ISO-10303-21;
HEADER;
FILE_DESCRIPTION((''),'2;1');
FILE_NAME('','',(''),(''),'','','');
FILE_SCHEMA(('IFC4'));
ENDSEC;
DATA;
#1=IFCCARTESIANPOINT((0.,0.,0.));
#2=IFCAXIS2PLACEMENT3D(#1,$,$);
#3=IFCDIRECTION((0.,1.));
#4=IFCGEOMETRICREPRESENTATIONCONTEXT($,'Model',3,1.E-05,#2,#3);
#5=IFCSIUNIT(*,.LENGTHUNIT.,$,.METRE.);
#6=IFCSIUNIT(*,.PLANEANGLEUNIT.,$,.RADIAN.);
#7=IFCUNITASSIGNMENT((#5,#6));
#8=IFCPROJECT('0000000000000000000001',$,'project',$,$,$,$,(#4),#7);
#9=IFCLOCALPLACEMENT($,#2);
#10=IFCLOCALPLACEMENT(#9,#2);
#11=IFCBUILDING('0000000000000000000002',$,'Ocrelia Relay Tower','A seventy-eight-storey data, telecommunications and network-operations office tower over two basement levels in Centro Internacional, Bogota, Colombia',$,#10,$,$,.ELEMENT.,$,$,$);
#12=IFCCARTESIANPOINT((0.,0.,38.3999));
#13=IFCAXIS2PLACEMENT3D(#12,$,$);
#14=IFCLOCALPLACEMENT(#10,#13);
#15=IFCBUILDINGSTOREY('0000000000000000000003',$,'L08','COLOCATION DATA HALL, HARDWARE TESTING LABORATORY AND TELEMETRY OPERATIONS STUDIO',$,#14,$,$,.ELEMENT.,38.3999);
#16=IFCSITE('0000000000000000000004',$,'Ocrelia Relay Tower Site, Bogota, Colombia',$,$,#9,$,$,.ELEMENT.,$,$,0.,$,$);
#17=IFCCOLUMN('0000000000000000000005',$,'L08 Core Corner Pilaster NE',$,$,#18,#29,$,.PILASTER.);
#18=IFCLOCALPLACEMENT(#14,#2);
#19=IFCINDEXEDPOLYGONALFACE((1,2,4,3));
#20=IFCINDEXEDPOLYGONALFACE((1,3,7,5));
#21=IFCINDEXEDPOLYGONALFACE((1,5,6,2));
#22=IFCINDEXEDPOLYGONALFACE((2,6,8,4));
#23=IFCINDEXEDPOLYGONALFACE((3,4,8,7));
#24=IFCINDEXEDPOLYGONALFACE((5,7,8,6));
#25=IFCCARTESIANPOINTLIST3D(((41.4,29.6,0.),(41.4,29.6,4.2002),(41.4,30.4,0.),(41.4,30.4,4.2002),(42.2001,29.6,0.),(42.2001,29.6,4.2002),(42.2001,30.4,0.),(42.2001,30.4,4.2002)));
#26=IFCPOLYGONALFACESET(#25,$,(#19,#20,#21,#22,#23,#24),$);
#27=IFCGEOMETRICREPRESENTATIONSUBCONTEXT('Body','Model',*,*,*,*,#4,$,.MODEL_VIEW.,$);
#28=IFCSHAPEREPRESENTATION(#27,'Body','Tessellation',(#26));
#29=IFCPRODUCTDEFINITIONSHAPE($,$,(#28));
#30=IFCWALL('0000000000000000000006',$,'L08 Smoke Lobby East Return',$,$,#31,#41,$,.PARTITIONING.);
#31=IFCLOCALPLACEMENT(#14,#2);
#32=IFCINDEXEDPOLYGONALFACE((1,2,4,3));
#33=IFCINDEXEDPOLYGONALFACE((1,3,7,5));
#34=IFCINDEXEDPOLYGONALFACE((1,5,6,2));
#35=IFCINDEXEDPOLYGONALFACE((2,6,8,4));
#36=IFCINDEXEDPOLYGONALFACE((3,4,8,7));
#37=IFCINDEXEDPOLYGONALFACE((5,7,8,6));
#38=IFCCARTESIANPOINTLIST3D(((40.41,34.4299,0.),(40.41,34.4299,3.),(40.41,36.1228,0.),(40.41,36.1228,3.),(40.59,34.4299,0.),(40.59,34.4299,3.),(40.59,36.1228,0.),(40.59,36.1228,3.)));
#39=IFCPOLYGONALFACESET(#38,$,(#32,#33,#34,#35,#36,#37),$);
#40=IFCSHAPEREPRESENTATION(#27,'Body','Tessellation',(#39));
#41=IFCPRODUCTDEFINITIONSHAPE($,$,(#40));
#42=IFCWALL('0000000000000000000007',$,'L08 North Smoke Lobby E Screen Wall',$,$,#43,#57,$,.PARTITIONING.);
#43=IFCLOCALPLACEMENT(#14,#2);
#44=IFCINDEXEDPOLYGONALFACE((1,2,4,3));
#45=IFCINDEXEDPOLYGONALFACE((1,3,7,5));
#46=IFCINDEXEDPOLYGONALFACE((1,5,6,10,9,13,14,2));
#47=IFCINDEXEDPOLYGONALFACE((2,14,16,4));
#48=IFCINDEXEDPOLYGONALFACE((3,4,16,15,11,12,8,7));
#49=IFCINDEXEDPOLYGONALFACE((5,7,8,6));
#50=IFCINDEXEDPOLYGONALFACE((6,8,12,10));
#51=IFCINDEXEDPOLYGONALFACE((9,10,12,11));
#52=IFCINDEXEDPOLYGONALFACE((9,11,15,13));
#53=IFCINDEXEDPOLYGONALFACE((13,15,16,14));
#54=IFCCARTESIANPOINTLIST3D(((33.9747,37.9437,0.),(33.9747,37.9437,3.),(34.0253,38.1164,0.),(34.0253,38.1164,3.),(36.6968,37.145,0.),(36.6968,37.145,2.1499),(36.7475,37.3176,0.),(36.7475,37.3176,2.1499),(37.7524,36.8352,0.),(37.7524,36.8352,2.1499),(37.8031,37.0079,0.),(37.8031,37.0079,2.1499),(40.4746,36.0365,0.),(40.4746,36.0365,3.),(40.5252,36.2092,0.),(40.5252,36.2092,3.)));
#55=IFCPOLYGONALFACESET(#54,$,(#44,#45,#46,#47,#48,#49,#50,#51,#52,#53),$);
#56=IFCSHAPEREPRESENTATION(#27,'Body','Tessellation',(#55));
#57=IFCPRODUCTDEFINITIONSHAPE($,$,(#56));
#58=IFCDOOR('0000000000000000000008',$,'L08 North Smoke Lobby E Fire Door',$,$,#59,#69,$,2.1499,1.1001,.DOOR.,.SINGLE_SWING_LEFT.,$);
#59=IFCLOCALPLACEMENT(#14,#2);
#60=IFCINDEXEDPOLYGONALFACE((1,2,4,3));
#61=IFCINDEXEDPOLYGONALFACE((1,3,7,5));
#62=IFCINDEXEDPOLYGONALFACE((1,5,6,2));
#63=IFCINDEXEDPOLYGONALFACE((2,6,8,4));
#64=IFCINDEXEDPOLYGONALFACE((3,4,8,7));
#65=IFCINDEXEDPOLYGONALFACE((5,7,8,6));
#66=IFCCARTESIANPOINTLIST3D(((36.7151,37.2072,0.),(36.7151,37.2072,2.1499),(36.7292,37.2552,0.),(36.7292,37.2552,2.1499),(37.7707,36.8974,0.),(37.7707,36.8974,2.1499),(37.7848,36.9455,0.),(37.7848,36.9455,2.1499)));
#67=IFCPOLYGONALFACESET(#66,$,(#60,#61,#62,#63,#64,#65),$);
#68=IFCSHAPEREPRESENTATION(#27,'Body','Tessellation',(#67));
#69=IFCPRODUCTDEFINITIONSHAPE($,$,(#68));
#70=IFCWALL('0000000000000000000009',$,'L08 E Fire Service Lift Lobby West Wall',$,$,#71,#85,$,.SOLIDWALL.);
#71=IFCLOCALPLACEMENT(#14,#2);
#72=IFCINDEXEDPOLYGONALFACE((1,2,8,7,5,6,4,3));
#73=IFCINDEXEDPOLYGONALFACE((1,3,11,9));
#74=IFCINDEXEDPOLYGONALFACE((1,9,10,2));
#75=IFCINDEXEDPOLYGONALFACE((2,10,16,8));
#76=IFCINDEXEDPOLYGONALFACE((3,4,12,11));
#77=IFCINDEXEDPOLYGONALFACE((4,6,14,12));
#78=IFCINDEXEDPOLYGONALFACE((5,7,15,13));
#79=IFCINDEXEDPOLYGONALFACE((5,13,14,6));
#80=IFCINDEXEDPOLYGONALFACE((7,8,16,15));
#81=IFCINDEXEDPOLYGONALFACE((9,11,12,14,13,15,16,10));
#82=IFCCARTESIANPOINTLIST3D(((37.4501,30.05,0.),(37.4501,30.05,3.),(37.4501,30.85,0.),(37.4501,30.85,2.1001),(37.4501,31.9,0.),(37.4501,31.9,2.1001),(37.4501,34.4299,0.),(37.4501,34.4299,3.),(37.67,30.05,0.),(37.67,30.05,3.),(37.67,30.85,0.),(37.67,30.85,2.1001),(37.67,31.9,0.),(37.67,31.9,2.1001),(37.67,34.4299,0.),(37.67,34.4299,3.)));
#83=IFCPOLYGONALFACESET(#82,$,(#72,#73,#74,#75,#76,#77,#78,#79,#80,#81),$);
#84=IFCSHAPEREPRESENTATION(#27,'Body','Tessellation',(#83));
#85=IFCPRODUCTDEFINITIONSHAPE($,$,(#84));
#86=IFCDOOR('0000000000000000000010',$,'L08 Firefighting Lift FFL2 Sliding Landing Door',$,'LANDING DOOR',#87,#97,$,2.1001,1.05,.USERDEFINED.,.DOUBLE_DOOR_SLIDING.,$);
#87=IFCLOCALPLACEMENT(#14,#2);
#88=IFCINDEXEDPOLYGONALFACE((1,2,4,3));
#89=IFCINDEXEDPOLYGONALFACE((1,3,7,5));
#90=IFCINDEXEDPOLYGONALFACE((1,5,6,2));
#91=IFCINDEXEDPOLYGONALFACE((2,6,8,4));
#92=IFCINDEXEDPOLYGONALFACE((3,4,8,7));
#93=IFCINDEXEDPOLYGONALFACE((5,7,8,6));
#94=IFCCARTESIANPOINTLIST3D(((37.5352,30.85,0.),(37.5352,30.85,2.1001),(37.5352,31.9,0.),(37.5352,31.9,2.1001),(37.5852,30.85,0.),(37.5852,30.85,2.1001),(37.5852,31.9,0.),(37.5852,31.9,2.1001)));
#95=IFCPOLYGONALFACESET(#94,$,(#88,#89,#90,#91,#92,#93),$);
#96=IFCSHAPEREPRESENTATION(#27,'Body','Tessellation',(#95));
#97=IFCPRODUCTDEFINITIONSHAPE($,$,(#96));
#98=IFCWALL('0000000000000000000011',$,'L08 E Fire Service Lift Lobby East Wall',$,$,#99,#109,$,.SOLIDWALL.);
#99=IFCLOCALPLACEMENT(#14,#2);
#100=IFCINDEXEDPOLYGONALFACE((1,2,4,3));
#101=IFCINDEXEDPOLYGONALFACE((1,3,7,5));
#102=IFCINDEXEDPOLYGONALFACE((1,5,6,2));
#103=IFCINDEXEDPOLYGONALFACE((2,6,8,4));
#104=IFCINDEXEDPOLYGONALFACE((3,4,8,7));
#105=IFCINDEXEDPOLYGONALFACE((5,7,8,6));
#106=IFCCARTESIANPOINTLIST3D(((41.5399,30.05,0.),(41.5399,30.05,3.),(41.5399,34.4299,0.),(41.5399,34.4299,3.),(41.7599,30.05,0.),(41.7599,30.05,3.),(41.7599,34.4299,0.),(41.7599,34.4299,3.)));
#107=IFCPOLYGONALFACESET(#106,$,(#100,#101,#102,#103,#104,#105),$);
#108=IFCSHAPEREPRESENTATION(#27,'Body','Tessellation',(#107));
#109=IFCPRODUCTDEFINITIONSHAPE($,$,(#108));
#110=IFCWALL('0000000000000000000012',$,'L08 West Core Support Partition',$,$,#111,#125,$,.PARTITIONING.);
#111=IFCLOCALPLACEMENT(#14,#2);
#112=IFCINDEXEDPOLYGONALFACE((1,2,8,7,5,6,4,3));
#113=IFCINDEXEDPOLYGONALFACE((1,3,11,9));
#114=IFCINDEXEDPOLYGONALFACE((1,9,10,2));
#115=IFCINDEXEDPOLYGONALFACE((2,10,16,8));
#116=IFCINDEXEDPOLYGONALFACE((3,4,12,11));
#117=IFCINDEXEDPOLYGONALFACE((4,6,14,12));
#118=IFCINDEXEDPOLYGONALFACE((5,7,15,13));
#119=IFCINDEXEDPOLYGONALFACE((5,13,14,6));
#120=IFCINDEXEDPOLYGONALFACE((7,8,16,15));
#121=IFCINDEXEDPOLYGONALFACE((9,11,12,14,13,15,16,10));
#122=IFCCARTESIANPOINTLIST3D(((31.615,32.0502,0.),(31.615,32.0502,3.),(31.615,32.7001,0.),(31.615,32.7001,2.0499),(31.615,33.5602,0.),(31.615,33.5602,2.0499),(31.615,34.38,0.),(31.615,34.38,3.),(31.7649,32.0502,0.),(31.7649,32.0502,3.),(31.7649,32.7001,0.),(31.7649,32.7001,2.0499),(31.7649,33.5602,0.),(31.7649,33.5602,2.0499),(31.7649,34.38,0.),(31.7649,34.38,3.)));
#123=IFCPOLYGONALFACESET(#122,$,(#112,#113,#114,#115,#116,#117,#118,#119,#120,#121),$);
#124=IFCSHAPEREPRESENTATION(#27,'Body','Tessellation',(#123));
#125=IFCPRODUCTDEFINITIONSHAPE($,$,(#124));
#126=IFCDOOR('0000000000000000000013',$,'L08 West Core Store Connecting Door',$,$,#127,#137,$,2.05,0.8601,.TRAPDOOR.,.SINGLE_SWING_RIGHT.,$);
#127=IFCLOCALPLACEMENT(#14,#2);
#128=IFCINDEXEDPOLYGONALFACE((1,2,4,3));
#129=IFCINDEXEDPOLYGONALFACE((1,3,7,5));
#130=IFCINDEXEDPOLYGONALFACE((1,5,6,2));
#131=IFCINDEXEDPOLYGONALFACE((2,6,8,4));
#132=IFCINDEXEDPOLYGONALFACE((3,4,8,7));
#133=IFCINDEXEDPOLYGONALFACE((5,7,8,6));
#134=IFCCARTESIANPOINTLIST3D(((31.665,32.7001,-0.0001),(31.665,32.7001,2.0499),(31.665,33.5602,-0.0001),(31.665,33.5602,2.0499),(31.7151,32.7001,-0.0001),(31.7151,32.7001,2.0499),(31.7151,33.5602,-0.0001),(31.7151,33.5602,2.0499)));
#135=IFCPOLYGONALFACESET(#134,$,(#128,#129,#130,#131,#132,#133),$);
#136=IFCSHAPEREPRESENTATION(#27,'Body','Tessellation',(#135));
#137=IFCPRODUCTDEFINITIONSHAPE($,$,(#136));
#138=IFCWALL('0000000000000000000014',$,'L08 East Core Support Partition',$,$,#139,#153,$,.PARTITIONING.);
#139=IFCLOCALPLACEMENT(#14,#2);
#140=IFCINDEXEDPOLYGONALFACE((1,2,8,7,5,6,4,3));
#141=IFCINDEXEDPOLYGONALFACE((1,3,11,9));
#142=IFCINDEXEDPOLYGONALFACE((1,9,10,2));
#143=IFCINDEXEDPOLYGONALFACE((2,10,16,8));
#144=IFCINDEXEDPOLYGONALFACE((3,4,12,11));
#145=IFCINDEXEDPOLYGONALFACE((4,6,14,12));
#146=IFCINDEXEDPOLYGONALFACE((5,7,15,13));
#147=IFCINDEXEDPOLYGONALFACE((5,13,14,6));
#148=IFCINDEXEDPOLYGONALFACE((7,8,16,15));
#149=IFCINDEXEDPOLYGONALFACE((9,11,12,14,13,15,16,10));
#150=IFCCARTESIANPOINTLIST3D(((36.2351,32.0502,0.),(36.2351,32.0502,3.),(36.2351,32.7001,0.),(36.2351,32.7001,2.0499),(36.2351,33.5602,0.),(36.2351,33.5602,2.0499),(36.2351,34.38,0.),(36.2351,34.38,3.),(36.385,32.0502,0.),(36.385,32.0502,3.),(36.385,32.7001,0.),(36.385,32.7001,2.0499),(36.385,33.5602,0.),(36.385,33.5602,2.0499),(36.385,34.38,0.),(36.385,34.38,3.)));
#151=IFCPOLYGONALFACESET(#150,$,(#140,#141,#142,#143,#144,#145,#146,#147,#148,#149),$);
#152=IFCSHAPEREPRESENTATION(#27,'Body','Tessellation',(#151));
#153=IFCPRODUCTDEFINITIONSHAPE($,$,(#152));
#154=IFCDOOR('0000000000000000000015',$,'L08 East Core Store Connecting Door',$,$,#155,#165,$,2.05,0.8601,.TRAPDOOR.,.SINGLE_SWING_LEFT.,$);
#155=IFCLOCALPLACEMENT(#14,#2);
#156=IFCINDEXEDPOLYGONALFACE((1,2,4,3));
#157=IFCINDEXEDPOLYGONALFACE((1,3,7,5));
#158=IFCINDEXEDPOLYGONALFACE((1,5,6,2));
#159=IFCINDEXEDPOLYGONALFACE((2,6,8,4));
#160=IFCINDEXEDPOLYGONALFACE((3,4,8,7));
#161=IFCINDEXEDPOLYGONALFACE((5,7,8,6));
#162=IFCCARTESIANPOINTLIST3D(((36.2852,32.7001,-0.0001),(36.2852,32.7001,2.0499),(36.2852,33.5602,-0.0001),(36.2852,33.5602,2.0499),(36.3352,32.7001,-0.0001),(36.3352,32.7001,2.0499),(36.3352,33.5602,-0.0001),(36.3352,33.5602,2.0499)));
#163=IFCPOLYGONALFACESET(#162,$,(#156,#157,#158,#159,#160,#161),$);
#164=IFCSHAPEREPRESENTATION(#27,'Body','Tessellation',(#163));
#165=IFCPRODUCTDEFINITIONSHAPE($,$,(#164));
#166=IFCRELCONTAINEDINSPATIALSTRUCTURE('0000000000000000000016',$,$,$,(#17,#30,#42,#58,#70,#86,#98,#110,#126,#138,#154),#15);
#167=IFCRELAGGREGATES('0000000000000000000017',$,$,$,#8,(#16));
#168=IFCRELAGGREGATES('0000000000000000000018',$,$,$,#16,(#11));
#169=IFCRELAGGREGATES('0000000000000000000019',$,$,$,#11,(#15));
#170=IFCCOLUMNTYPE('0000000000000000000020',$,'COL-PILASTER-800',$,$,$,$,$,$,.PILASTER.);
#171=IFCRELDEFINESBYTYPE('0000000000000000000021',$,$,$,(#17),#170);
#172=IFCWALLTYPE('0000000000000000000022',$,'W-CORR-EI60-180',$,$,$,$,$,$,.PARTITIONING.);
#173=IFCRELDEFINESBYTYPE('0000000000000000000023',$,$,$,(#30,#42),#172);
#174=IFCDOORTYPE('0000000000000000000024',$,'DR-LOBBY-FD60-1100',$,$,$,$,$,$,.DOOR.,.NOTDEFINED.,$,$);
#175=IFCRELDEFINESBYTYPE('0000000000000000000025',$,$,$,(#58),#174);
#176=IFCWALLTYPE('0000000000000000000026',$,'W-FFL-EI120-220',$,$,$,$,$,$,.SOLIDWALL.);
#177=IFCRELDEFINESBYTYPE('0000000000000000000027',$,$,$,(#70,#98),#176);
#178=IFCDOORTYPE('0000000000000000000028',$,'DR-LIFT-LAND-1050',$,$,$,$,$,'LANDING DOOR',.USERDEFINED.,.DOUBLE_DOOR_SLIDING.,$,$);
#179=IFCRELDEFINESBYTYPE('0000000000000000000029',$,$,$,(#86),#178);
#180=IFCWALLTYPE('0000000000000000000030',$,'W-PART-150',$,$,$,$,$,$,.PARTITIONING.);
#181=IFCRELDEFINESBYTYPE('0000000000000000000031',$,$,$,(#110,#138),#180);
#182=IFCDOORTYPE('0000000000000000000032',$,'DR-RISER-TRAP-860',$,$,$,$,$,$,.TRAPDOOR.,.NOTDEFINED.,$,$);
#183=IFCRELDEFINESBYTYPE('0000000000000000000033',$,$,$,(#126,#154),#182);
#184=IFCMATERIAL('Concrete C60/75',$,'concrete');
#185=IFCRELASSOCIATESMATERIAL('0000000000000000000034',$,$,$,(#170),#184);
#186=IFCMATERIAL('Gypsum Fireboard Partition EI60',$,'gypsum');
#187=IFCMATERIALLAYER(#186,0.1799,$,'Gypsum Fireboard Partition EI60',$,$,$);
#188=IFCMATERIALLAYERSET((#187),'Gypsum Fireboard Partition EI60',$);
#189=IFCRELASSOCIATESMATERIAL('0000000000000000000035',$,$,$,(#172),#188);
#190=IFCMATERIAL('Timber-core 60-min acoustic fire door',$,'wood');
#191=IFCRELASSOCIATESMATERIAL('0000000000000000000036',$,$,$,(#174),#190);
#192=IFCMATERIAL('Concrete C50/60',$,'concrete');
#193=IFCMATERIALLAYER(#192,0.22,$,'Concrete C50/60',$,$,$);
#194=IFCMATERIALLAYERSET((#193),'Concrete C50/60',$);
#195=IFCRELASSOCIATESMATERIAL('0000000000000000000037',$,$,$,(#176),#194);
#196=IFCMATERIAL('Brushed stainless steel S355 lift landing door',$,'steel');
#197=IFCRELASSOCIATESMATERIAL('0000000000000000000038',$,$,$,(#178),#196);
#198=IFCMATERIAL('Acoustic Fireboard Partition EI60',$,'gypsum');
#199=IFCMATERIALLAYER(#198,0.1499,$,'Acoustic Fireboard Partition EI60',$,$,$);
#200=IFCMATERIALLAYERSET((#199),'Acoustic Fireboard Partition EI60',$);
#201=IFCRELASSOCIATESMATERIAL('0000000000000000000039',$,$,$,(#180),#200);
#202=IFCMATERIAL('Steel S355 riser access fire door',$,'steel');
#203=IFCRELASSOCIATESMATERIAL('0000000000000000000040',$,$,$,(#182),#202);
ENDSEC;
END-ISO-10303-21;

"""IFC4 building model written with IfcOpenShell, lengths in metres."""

from ifc_helpers import new_model, si_unit, direction, frame, frame_2d, origin, origin_2d, place, context, subcontext, project, spatial, rectangle, extrude, material, layer, layer_set, material_profile, profile_set, type_object, element, fill, save


model = new_model("IFC4")

# Units and contexts
model_context = context("Model", 3, precision=1e-05, world=origin(), true_north=direction((0.0, 1.0)))
body_context = subcontext(model_context, "Body", "Model", "MODEL_VIEW")
ifc_project = project(units=[si_unit("LENGTHUNIT", "METRE"), si_unit("PLANEANGLEUNIT", "RADIAN")], contexts=[model_context])

# Site, building, storey
site_placement = place(None, origin())
site = spatial("IfcSite", under=ifc_project, at=site_placement, Name="Ocrelia Relay Tower Site, Bogota, Colombia", CompositionType="ELEMENT", RefElevation=0.0)
building_placement = place(site_placement, origin())
building = spatial("IfcBuilding", under=site, at=building_placement, Name="Ocrelia Relay Tower", Description="A seventy-eight-storey data, telecommunications and network-operations office tower over two basement levels in Centro Internacional, Bogota, Colombia", CompositionType="ELEMENT")
storey_placement = place(building_placement, frame((0.0, 0.0, 38.3999)))
storey = spatial("IfcBuildingStorey", under=building, at=storey_placement, Name="L08", Description="COLOCATION DATA HALL, HARDWARE TESTING LABORATORY AND TELEMETRY OPERATIONS STUDIO", CompositionType="ELEMENT", Elevation=38.3999)

# Column
ifc_material_1 = material(Name="Concrete C60/75", Category="concrete")
ifc_material_profile = material_profile(ifc_material_1, rectangle(XDim=0.8, YDim=0.8, at=origin_2d()), Name="RC-COL-800x800")
ifc_profile_set = profile_set([ifc_material_profile], Name="Concrete C60/75")
column_type = type_object("IfcColumnType", Name="COL-PILASTER-800", PredefinedType="PILASTER", material=ifc_profile_set)
column_placement = place(storey_placement, frame((41.8, 30.0, 0.0), z_axis=(0.0, 0.0, 1.0), x_axis=(1.0, 0.0, 0.0)))
element("IfcColumn", 1, at=column_placement, inside=storey, type_object=column_type, Name="L08 Core Corner Pilaster NE", PredefinedType="PILASTER", context=body_context, shape_type="SweptSolid", body=[
    extrude(rectangle(XDim=0.8, YDim=0.8, at=origin_2d()), origin(), (0.0, 0.0, 1.0), 4.2002),
])

# Wall
ifc_material_2 = material(Name="Gypsum Fireboard Partition EI60", Category="gypsum")
ifc_layer_1 = layer(ifc_material_2, 0.1799, Name="Gypsum Fireboard Partition EI60")
ifc_layer_set_1 = layer_set([ifc_layer_1], Name="Gypsum Fireboard Partition EI60")
wall_type_1 = type_object("IfcWallType", Name="W-CORR-EI60-180", PredefinedType="PARTITIONING", material=ifc_layer_set_1)
wall_1_placement = place(storey_placement, frame((40.5, 36.1228, 0.0), z_axis=(0.0, 0.0, 1.0), x_axis=(0.0, -1.0, 0.0)))
element("IfcWall", 2, at=wall_1_placement, inside=storey, type_object=wall_type_1, Name="L08 Smoke Lobby East Return", PredefinedType="PARTITIONING", context=body_context, shape_type="SweptSolid", body=[
    extrude(rectangle(XDim=1.6929, YDim=0.1799, at=frame_2d((0.8464, 0.0))), origin(), (0.0, 0.0, 1.0), 3.0),
])

# Walls, openings, doors
wall_2_placement = place(storey_placement, frame((34.0, 38.03, 0.0), z_axis=(0.0, 0.0, 1.0), x_axis=(0.959547, -0.28155, 0.0)))
wall_2 = element("IfcWall", 3, at=wall_2_placement, inside=storey, type_object=wall_type_1, Name="L08 North Smoke Lobby E Screen Wall", PredefinedType="PARTITIONING", context=body_context, shape_type="SweptSolid", body=[
    extrude(rectangle(XDim=6.7739, YDim=0.1799, at=frame_2d((3.387, 0.0))), origin(), (0.0, 0.0, 1.0), 3.0),
])
opening_1_placement = place(wall_2_placement, frame((2.8369, 0.0, 0.0)))
opening_1 = element("IfcOpeningElement", 4, at=opening_1_placement, cuts=wall_2, PredefinedType="OPENING", context=body_context, shape_type="SweptSolid", body=[
    extrude(rectangle(XDim=1.1001, YDim=2.1499, at=frame_2d((0.55, 1.075))), frame((0.0, 0.1001, 0.0), z_axis=(0.0, -1.0, 0.0), x_axis=(1.0, 0.0, 0.0)), (0.0, 0.0, 1.0), 0.2),
])
ifc_material_3 = material(Name="Timber-core 60-min acoustic fire door", Category="wood")
door_type_1 = type_object("IfcDoorType", Name="DR-LOBBY-FD60-1100", OperationType="NOTDEFINED", PredefinedType="DOOR", material=ifc_material_3)
door_1_placement = place(opening_1_placement, origin())
door_1 = element("IfcDoor", 5, at=door_1_placement, inside=storey, type_object=door_type_1, Name="L08 North Smoke Lobby E Fire Door", OperationType="SINGLE_SWING_LEFT", OverallHeight=2.1499, OverallWidth=1.1001, PredefinedType="DOOR", context=body_context, shape_type="SweptSolid", body=[
    extrude(rectangle(XDim=1.1001, YDim=2.1499, at=frame_2d((0.55, 1.075))), frame((0.0, 0.0249, 0.0), z_axis=(0.0, -1.0, 0.0), x_axis=(1.0, 0.0, 0.0)), (0.0, 0.0, 1.0), 0.05),
])
fill(opening_1, door_1)
ifc_material_4 = material(Name="Concrete C50/60", Category="concrete")
ifc_layer_2 = layer(ifc_material_4, 0.22, Name="Concrete C50/60")
ifc_layer_set_2 = layer_set([ifc_layer_2], Name="Concrete C50/60")
wall_type_2 = type_object("IfcWallType", Name="W-FFL-EI120-220", PredefinedType="SOLIDWALL", material=ifc_layer_set_2)
wall_3_placement = place(storey_placement, frame((37.5601, 30.05, 0.0), z_axis=(0.0, 0.0, 1.0), x_axis=(0.0, 1.0, 0.0)))
wall_3 = element("IfcWall", 6, at=wall_3_placement, inside=storey, type_object=wall_type_2, Name="L08 E Fire Service Lift Lobby West Wall", PredefinedType="SOLIDWALL", context=body_context, shape_type="SweptSolid", body=[
    extrude(rectangle(XDim=4.3799, YDim=0.22, at=frame_2d((2.1899, 0.0))), origin(), (0.0, 0.0, 1.0), 3.0),
])
opening_2_placement = place(wall_3_placement, frame((0.8, 0.0, 0.0)))
opening_2 = element("IfcOpeningElement", 7, at=opening_2_placement, cuts=wall_3, PredefinedType="OPENING", context=body_context, shape_type="SweptSolid", body=[
    extrude(rectangle(XDim=1.05, YDim=2.1001, at=frame_2d((0.5249, 1.05))), frame((0.0, 0.1201, 0.0), z_axis=(0.0, -1.0, 0.0), x_axis=(1.0, 0.0, 0.0)), (0.0, 0.0, 1.0), 0.24),
])
ifc_material_5 = material(Name="Brushed stainless steel S355 lift landing door", Category="steel")
door_type_2 = type_object("IfcDoorType", Name="DR-LIFT-LAND-1050", ElementType="LANDING DOOR", OperationType="DOUBLE_DOOR_SLIDING", PredefinedType="USERDEFINED", material=ifc_material_5)
door_2_placement = place(opening_2_placement, origin())
door_2 = element("IfcDoor", 8, at=door_2_placement, inside=storey, type_object=door_type_2, Name="L08 Firefighting Lift FFL2 Sliding Landing Door", ObjectType="LANDING DOOR", OperationType="DOUBLE_DOOR_SLIDING", OverallHeight=2.1001, OverallWidth=1.05, PredefinedType="USERDEFINED", context=body_context, shape_type="SweptSolid", body=[
    extrude(rectangle(XDim=1.05, YDim=2.1001, at=frame_2d((0.5249, 1.05))), frame((0.0, 0.0249, 0.0), z_axis=(0.0, -1.0, 0.0), x_axis=(1.0, 0.0, 0.0)), (0.0, 0.0, 1.0), 0.05),
])
fill(opening_2, door_2)

# Wall
wall_4_placement = place(storey_placement, frame((41.6499, 30.05, 0.0), z_axis=(0.0, 0.0, 1.0), x_axis=(0.0, 1.0, 0.0)))
element("IfcWall", 9, at=wall_4_placement, inside=storey, type_object=wall_type_2, Name="L08 E Fire Service Lift Lobby East Wall", PredefinedType="SOLIDWALL", context=body_context, shape_type="SweptSolid", body=[
    extrude(rectangle(XDim=4.3799, YDim=0.22, at=frame_2d((2.1899, 0.0))), origin(), (0.0, 0.0, 1.0), 3.0),
])

# Walls, openings, doors
ifc_material_6 = material(Name="Acoustic Fireboard Partition EI60", Category="gypsum")
ifc_layer_3 = layer(ifc_material_6, 0.1499, Name="Acoustic Fireboard Partition EI60")
ifc_layer_set_3 = layer_set([ifc_layer_3], Name="Acoustic Fireboard Partition EI60")
wall_type_3 = type_object("IfcWallType", Name="W-PART-150", PredefinedType="PARTITIONING", material=ifc_layer_set_3)
wall_5_placement = place(storey_placement, frame((31.6899, 32.05, 0.0), z_axis=(0.0, 0.0, 1.0), x_axis=(0.0, 1.0, 0.0)))
wall_5 = element("IfcWall", 10, at=wall_5_placement, inside=storey, type_object=wall_type_3, Name="L08 West Core Support Partition", PredefinedType="PARTITIONING", context=body_context, shape_type="SweptSolid", body=[
    extrude(rectangle(XDim=2.3298, YDim=0.1499, at=frame_2d((1.165, 0.0))), origin(), (0.0, 0.0, 1.0), 3.0),
])
opening_3_placement = place(wall_5_placement, frame((0.6499, 0.0, 0.0)))
opening_3 = element("IfcOpeningElement", 11, at=opening_3_placement, cuts=wall_5, PredefinedType="OPENING", context=body_context, shape_type="SweptSolid", body=[
    extrude(rectangle(XDim=0.8601, YDim=2.05, at=frame_2d((0.4302, 1.0249))), frame((0.0, 0.085, 0.0), z_axis=(0.0, -1.0, 0.0), x_axis=(1.0, 0.0, 0.0)), (0.0, 0.0, 1.0), 0.1699),
])
ifc_material_7 = material(Name="Steel S355 riser access fire door", Category="steel")
door_type_3 = type_object("IfcDoorType", Name="DR-RISER-TRAP-860", OperationType="NOTDEFINED", PredefinedType="TRAPDOOR", material=ifc_material_7)
door_3_placement = place(opening_3_placement, origin())
door_3 = element("IfcDoor", 12, at=door_3_placement, inside=storey, type_object=door_type_3, Name="L08 West Core Store Connecting Door", OperationType="SINGLE_SWING_RIGHT", OverallHeight=2.05, OverallWidth=0.8601, PredefinedType="TRAPDOOR", context=body_context, shape_type="SweptSolid", body=[
    extrude(rectangle(XDim=0.8601, YDim=2.05, at=frame_2d((0.4302, 1.0249))), frame((0.0, 0.0249, 0.0), z_axis=(0.0, -1.0, 0.0), x_axis=(1.0, 0.0, 0.0)), (0.0, 0.0, 1.0), 0.05),
])
fill(opening_3, door_3)
wall_6_placement = place(storey_placement, frame((36.3101, 32.05, 0.0), z_axis=(0.0, 0.0, 1.0), x_axis=(0.0, 1.0, 0.0)))
wall_6 = element("IfcWall", 13, at=wall_6_placement, inside=storey, type_object=wall_type_3, Name="L08 East Core Support Partition", PredefinedType="PARTITIONING", context=body_context, shape_type="SweptSolid", body=[
    extrude(rectangle(XDim=2.3298, YDim=0.1499, at=frame_2d((1.165, 0.0))), origin(), (0.0, 0.0, 1.0), 3.0),
])
opening_4_placement = place(wall_6_placement, frame((0.6499, 0.0, 0.0)))
opening_4 = element("IfcOpeningElement", 14, at=opening_4_placement, cuts=wall_6, PredefinedType="OPENING", context=body_context, shape_type="SweptSolid", body=[
    extrude(rectangle(XDim=0.8601, YDim=2.05, at=frame_2d((0.4302, 1.0249))), frame((0.0, 0.085, 0.0), z_axis=(0.0, -1.0, 0.0), x_axis=(1.0, 0.0, 0.0)), (0.0, 0.0, 1.0), 0.1699),
])
door_4_placement = place(opening_4_placement, origin())
door_4 = element("IfcDoor", 15, at=door_4_placement, inside=storey, type_object=door_type_3, Name="L08 East Core Store Connecting Door", OperationType="SINGLE_SWING_LEFT", OverallHeight=2.05, OverallWidth=0.8601, PredefinedType="TRAPDOOR", context=body_context, shape_type="SweptSolid", body=[
    extrude(rectangle(XDim=0.8601, YDim=2.05, at=frame_2d((0.4302, 1.0249))), frame((0.0, 0.0249, 0.0), z_axis=(0.0, -1.0, 0.0), x_axis=(1.0, 0.0, 0.0)), (0.0, 0.0, 1.0), 0.05),
])
fill(opening_4, door_4)

save(model, "model.ifc")
